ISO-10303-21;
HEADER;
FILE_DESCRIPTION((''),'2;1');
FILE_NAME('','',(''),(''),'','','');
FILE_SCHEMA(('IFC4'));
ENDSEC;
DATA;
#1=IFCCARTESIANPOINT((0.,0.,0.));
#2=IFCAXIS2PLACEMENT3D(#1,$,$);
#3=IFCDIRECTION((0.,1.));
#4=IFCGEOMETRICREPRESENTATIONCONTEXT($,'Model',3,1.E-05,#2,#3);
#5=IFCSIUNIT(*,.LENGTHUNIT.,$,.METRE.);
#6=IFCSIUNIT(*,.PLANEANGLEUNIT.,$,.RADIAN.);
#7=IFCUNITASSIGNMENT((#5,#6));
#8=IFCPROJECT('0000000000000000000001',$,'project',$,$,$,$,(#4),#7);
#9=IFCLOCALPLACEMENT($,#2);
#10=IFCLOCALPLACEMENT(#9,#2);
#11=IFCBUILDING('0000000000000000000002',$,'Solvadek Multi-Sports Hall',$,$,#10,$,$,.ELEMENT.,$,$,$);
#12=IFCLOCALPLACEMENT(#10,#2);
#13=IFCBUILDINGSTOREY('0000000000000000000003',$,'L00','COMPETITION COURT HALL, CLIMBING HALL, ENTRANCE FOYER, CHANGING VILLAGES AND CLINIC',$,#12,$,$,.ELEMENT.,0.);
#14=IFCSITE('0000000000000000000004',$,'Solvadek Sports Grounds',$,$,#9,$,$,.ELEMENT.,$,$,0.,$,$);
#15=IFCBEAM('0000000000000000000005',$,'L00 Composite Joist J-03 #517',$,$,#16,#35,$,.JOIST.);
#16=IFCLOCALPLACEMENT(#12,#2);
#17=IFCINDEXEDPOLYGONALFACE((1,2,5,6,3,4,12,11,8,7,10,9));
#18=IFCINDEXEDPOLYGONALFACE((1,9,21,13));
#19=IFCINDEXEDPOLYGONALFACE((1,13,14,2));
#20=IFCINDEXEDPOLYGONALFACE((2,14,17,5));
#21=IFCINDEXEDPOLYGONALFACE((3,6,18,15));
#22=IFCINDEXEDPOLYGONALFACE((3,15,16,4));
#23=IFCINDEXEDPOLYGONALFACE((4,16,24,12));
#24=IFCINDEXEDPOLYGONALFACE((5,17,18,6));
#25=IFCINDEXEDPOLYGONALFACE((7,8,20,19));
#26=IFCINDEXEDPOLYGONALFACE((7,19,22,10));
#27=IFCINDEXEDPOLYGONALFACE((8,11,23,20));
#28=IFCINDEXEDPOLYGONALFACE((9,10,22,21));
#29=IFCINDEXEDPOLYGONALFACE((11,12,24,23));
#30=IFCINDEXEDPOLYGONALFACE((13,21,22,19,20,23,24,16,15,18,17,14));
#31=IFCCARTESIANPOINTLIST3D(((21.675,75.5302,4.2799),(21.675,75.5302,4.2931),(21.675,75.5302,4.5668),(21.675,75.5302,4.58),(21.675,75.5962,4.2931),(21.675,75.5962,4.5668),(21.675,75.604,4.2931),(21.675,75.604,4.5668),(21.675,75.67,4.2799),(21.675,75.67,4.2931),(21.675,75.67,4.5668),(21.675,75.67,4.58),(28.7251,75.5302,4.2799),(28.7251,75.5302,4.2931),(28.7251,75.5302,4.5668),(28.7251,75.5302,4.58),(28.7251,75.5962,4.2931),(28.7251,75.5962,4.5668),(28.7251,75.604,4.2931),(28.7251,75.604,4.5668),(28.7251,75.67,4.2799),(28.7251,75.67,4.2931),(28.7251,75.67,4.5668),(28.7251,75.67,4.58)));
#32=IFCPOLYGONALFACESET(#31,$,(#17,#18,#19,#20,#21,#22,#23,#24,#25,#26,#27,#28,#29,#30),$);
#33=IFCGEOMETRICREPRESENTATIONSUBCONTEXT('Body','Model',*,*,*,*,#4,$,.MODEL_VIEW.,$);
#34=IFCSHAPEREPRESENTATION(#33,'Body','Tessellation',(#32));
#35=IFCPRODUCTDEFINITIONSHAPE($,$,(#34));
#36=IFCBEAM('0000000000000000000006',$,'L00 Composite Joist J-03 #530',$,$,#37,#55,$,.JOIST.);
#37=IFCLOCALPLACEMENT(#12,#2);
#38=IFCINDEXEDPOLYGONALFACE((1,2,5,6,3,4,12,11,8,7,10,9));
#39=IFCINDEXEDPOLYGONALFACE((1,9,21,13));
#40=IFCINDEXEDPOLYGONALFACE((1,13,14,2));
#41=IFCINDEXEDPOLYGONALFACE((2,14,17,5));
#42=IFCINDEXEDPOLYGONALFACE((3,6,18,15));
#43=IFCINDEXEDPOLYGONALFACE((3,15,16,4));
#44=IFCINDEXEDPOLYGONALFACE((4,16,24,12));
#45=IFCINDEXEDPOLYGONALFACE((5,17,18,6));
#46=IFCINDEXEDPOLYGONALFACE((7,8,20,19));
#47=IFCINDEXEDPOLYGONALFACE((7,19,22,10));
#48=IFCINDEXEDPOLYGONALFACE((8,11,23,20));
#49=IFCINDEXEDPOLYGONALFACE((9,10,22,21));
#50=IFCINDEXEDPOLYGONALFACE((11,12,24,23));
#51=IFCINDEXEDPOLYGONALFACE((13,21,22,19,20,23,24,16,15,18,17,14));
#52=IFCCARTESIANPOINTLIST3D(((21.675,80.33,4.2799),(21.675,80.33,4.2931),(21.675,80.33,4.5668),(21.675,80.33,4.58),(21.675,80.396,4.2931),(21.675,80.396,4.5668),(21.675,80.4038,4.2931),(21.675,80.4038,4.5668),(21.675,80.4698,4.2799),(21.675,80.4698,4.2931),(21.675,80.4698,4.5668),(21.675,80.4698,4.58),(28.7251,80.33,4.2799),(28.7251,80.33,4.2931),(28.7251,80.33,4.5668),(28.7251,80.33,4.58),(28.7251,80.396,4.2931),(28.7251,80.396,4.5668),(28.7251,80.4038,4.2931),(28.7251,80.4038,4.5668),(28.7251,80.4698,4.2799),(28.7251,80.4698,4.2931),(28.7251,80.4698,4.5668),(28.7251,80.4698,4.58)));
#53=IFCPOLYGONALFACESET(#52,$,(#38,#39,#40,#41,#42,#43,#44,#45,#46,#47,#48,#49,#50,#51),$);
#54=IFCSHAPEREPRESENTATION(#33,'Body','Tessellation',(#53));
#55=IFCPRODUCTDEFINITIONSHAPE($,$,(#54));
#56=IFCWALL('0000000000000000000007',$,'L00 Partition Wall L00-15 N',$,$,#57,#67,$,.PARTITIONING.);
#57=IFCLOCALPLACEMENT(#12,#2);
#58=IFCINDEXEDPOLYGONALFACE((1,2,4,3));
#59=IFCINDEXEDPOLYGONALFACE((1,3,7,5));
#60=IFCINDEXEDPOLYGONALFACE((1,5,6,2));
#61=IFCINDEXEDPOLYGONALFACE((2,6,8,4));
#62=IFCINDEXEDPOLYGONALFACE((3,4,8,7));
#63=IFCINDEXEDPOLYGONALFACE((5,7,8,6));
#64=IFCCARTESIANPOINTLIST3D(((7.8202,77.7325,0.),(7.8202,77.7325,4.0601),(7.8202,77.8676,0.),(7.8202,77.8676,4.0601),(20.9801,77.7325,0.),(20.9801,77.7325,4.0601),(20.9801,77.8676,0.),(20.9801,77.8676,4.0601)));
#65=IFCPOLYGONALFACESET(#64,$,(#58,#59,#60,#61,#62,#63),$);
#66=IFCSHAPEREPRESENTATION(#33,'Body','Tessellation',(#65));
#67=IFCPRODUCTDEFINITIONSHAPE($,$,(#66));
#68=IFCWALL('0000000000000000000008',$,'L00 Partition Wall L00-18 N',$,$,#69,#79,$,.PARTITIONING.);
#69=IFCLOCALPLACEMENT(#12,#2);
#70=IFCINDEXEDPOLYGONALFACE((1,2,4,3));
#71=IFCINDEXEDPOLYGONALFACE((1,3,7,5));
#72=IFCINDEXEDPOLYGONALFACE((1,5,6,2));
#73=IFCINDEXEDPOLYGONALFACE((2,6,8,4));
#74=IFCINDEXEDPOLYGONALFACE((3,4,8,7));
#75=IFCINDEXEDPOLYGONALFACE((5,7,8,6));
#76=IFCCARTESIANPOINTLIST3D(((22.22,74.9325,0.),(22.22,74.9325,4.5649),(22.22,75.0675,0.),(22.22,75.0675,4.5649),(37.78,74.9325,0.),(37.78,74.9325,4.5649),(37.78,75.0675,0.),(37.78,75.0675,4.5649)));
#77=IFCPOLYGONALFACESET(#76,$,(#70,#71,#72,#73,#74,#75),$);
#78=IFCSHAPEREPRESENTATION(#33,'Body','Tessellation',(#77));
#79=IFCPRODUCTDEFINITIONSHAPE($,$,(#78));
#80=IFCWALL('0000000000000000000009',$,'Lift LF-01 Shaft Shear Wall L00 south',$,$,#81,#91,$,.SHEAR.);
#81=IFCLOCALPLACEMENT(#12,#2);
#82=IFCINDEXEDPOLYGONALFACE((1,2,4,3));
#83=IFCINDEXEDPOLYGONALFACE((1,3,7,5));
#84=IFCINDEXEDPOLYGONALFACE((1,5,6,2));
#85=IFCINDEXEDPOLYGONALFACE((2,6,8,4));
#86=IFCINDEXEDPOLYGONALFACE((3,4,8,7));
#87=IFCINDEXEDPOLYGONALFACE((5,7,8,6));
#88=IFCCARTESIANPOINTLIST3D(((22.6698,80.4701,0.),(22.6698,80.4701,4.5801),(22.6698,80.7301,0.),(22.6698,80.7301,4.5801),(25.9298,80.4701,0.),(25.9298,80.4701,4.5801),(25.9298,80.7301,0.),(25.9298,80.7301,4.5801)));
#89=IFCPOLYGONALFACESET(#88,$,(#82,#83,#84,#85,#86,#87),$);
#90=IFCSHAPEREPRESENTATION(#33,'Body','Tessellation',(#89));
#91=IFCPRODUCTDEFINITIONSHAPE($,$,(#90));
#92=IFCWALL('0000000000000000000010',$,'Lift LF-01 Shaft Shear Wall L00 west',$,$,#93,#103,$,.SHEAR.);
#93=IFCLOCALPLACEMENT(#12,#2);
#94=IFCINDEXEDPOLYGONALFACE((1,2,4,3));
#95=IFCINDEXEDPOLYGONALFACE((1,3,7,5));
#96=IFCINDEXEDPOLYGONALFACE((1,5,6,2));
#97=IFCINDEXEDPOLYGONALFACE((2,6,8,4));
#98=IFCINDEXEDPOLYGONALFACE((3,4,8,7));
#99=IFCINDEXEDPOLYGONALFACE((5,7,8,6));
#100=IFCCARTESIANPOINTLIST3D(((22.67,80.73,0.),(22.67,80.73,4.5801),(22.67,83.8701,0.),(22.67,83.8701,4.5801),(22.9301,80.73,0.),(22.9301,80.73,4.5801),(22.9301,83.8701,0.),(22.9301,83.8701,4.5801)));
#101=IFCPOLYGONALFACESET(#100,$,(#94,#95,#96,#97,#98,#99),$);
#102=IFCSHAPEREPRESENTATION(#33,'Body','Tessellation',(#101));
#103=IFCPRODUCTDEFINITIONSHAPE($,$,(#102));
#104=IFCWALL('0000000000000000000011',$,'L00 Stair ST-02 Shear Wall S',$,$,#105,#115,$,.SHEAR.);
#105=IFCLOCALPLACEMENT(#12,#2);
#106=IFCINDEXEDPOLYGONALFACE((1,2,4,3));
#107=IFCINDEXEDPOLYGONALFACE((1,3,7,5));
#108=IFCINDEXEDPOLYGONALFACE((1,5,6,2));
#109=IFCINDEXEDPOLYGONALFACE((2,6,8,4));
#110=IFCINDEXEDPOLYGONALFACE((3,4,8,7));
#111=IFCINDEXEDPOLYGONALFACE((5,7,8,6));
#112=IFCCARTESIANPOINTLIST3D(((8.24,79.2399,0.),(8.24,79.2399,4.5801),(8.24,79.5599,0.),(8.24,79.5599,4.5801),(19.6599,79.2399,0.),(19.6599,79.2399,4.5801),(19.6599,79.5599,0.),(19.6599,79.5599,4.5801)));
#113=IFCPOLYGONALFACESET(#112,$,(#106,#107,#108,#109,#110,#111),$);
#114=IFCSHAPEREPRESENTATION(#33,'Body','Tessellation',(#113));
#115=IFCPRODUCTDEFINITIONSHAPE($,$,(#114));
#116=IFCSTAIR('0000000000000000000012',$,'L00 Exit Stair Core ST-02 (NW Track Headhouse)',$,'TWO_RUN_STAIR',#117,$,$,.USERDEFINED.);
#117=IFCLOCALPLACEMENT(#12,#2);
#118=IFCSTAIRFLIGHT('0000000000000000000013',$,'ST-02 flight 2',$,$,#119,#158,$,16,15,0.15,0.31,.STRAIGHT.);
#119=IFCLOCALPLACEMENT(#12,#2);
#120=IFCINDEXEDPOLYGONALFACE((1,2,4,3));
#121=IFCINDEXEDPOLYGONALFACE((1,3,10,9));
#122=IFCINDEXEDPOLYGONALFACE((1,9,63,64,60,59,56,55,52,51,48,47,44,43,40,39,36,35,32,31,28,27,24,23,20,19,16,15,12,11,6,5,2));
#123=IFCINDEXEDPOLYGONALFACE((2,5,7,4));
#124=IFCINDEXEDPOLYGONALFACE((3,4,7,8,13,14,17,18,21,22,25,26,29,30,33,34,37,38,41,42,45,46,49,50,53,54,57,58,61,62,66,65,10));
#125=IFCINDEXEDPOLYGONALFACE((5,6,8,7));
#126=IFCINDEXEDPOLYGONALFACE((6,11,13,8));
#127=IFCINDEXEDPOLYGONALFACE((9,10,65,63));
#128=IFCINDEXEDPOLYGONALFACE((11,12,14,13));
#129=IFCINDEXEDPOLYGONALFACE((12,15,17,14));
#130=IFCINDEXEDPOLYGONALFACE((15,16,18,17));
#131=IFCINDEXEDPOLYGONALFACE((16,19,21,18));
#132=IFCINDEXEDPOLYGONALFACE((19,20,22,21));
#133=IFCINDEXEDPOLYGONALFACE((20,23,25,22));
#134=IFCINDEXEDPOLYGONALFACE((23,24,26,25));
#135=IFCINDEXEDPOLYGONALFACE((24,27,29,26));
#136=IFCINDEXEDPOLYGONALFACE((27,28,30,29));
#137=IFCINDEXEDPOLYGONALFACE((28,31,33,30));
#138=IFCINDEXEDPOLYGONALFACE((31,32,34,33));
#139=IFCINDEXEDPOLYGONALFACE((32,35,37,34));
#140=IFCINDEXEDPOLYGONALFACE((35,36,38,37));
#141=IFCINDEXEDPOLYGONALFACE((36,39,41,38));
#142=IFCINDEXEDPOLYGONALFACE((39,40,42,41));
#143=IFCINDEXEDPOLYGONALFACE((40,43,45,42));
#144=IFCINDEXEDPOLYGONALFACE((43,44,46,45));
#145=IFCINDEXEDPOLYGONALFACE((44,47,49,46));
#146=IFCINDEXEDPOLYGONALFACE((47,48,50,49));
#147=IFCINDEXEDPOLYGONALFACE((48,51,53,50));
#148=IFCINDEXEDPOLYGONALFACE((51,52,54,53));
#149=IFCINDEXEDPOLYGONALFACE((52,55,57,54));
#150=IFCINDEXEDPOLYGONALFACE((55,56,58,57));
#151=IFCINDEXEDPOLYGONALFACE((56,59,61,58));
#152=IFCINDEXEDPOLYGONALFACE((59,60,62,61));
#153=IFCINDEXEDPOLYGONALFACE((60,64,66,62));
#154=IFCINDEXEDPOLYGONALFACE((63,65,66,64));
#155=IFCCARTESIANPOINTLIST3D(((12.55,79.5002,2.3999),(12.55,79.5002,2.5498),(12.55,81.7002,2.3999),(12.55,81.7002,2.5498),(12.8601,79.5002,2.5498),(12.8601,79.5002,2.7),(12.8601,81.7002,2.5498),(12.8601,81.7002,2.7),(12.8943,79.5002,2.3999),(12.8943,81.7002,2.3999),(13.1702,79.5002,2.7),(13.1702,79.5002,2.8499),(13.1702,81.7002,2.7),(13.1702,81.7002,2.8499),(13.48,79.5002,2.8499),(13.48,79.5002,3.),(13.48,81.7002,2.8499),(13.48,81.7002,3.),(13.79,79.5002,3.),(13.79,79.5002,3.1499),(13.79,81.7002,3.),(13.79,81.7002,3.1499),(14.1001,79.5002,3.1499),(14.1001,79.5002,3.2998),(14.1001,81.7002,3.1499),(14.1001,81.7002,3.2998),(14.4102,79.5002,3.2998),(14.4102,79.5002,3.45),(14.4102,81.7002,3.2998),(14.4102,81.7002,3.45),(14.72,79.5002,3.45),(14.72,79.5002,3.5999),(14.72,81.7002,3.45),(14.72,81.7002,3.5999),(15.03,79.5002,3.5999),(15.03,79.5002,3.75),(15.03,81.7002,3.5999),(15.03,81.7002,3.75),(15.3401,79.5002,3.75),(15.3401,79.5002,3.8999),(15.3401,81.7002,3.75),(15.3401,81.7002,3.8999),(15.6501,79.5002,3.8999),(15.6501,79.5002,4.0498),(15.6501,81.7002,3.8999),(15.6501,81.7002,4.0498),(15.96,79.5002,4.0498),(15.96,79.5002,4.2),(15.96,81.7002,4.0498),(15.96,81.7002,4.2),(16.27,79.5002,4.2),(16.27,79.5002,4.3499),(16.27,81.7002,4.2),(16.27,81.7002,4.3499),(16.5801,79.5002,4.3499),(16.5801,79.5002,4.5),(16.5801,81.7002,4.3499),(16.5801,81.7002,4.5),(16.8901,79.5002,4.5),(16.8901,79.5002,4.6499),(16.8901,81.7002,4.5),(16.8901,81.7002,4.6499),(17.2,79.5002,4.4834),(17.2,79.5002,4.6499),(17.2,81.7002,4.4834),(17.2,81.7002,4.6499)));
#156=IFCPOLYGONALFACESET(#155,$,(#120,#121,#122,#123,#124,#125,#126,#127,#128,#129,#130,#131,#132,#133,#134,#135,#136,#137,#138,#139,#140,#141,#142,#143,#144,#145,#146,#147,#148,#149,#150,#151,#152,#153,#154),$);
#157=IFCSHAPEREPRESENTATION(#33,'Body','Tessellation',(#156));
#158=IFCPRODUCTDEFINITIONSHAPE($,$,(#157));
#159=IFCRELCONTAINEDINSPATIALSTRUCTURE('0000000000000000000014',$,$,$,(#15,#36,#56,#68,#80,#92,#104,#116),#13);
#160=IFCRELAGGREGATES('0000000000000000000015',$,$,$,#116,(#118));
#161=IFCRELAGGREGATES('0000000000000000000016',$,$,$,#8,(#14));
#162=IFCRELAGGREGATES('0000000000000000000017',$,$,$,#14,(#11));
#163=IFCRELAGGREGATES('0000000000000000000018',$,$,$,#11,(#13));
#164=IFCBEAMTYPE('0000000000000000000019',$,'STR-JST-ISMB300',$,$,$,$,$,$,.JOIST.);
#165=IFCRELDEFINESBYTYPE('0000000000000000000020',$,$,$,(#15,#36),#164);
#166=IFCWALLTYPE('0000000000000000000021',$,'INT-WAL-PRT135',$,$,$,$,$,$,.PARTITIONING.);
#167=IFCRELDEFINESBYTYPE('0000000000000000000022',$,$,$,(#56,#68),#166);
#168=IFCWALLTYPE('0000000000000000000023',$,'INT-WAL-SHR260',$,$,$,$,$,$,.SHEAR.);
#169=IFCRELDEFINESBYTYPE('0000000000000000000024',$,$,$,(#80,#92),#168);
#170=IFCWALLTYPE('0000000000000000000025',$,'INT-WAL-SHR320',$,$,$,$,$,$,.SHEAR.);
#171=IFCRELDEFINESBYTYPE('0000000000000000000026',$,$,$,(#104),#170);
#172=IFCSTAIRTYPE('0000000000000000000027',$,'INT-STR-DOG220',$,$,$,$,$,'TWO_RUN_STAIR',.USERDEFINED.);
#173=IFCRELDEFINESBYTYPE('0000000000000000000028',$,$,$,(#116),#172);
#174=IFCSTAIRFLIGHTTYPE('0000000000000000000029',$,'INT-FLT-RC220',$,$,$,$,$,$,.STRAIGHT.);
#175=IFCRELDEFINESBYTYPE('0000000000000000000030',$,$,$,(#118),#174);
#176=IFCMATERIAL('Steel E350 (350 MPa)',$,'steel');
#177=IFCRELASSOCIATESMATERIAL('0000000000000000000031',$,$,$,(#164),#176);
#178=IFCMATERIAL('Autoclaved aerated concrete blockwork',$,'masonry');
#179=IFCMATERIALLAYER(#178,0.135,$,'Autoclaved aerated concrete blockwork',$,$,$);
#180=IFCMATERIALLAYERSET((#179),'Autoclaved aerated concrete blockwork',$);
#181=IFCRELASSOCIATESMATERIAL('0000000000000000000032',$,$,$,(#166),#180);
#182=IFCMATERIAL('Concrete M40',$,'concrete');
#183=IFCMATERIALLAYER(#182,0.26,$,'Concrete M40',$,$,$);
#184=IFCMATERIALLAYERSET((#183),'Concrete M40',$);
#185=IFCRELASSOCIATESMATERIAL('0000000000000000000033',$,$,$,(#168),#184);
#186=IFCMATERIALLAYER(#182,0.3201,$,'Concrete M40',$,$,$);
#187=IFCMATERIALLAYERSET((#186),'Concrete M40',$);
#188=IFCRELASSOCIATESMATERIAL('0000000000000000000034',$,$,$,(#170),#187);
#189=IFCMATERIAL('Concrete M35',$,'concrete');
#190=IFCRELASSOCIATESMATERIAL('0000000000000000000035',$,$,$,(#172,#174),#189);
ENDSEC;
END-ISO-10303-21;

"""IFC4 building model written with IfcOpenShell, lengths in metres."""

from ifc_helpers import new_model, si_unit, direction, frame, frame_2d, origin, origin_2d, place, context, subcontext, project, spatial, polyline, rectangle, i_section, outline, extrude, material, layer, layer_set, material_profile, profile_set, type_object, element, aggregate, save


model = new_model("IFC4")

# Units and contexts
model_context = context("Model", 3, precision=1e-05, world=origin(), true_north=direction((0.0, 1.0)))
body_context = subcontext(model_context, "Body", "Model", "MODEL_VIEW")
ifc_project = project(units=[si_unit("LENGTHUNIT", "METRE"), si_unit("PLANEANGLEUNIT", "RADIAN")], contexts=[model_context])

# Site, building, storey
site_placement = place(None, origin())
site = spatial("IfcSite", under=ifc_project, at=site_placement, Name="Solvadek Sports Grounds", CompositionType="ELEMENT", RefElevation=0.0)
building_placement = place(site_placement, origin())
building = spatial("IfcBuilding", under=site, at=building_placement, Name="Solvadek Multi-Sports Hall", CompositionType="ELEMENT")
storey_placement = place(building_placement, origin())
storey = spatial("IfcBuildingStorey", under=building, at=storey_placement, Name="L00", Description="COMPETITION COURT HALL, CLIMBING HALL, ENTRANCE FOYER, CHANGING VILLAGES AND CLINIC", CompositionType="ELEMENT", Elevation=0.0)

# Shared definitions
ifc_material_1 = material(Name="Steel E350 (350 MPa)", Category="steel")

# Beams
ifc_material_profile_1 = material_profile(ifc_material_1, i_section(OverallWidth=0.1399, OverallDepth=0.3, WebThickness=0.0078, FlangeThickness=0.0132, at=origin_2d()), Name="ISMB 300")
ifc_profile_set_1 = profile_set([ifc_material_profile_1], Name="Steel E350 (350 MPa)")
beam_type_1 = type_object("IfcBeamType", Name="STR-JST-ISMB300", PredefinedType="JOIST", material=ifc_profile_set_1)
for number, where, z_axis, x_axis, name in (
    (1, (21.675, 75.6001, 4.4299), (1.0, 0.0, 0.0), (0.0, 1.0, 0.0), "L00 Composite Joist J-03 #517"),
    (2, (21.675, 80.3999, 4.4299), (1.0, 0.0, 0.0), (0.0, 1.0, 0.0), "L00 Composite Joist J-03 #530"),
):
    element("IfcBeam", number, at=place(storey_placement, frame(where, z_axis=z_axis, x_axis=x_axis)), inside=storey, type_object=beam_type_1, Name=name, PredefinedType="JOIST", context=body_context, shape_type="SweptSolid", body=[
        extrude(i_section(OverallWidth=0.1399, OverallDepth=0.3, WebThickness=0.0078, FlangeThickness=0.0132, at=origin_2d()), origin(), (0.0, 0.0, 1.0), 7.05),
    ])

# Walls
ifc_material_2 = material(Name="Autoclaved aerated concrete blockwork", Category="masonry")
ifc_layer_1 = layer(ifc_material_2, 0.135, Name="Autoclaved aerated concrete blockwork")
ifc_layer_set_1 = layer_set([ifc_layer_1], Name="Autoclaved aerated concrete blockwork")
wall_type_1 = type_object("IfcWallType", Name="INT-WAL-PRT135", PredefinedType="PARTITIONING", material=ifc_layer_set_1)
wall_1_placement = place(storey_placement, frame((7.8201, 77.8, 0.0), z_axis=(0.0, 0.0, 1.0), x_axis=(1.0, 0.0, 0.0)))
element("IfcWall", 3, at=wall_1_placement, inside=storey, type_object=wall_type_1, Name="L00 Partition Wall L00-15 N", PredefinedType="PARTITIONING", context=body_context, shape_type="SweptSolid", body=[
    extrude(rectangle(XDim=13.1599, YDim=0.135, at=frame_2d((6.5801, 0.0))), origin(), (0.0, 0.0, 1.0), 4.0601),
])
wall_2_placement = place(storey_placement, frame((22.22, 75.0, 0.0), z_axis=(0.0, 0.0, 1.0), x_axis=(1.0, 0.0, 0.0)))
element("IfcWall", 4, at=wall_2_placement, inside=storey, type_object=wall_type_1, Name="L00 Partition Wall L00-18 N", PredefinedType="PARTITIONING", context=body_context, shape_type="SweptSolid", body=[
    extrude(rectangle(XDim=15.5601, YDim=0.135, at=frame_2d((7.78, 0.0))), origin(), (0.0, 0.0, 1.0), 4.5649),
])
ifc_material_3 = material(Name="Concrete M40", Category="concrete")
ifc_layer_2 = layer(ifc_material_3, 0.26, Name="Concrete M40")
ifc_layer_set_2 = layer_set([ifc_layer_2], Name="Concrete M40")
wall_type_2 = type_object("IfcWallType", Name="INT-WAL-SHR260", PredefinedType="SHEAR", material=ifc_layer_set_2)
wall_3_placement = place(storey_placement, frame((22.6699, 80.6001, 0.0), z_axis=(0.0, 0.0, 1.0), x_axis=(1.0, 0.0, 0.0)))
element("IfcWall", 5, at=wall_3_placement, inside=storey, type_object=wall_type_2, Name="Lift LF-01 Shaft Shear Wall L00 south", PredefinedType="SHEAR", context=body_context, shape_type="SweptSolid", body=[
    extrude(rectangle(XDim=3.26, YDim=0.26, at=frame_2d((1.6299, 0.0))), origin(), (0.0, 0.0, 1.0), 4.5801),
])
wall_4_placement = place(storey_placement, frame((22.8, 80.73, 0.0), z_axis=(0.0, 0.0, 1.0), x_axis=(0.0, 1.0, 0.0)))
element("IfcWall", 6, at=wall_4_placement, inside=storey, type_object=wall_type_2, Name="Lift LF-01 Shaft Shear Wall L00 west", PredefinedType="SHEAR", context=body_context, shape_type="SweptSolid", body=[
    extrude(rectangle(XDim=3.1401, YDim=0.26, at=frame_2d((1.5701, 0.0))), origin(), (0.0, 0.0, 1.0), 4.5801),
])
ifc_layer_3 = layer(ifc_material_3, 0.3201, Name="Concrete M40")
ifc_layer_set_3 = layer_set([ifc_layer_3], Name="Concrete M40")
wall_type_3 = type_object("IfcWallType", Name="INT-WAL-SHR320", PredefinedType="SHEAR", material=ifc_layer_set_3)
wall_5_placement = place(storey_placement, frame((8.24, 79.3999, 0.0), z_axis=(0.0, 0.0, 1.0), x_axis=(1.0, 0.0, 0.0)))
element("IfcWall", 7, at=wall_5_placement, inside=storey, type_object=wall_type_3, Name="L00 Stair ST-02 Shear Wall S", PredefinedType="SHEAR", context=body_context, shape_type="SweptSolid", body=[
    extrude(rectangle(XDim=11.4199, YDim=0.3201, at=frame_2d((5.71, 0.0))), origin(), (0.0, 0.0, 1.0), 4.5801),
])

# Stair, stair flight
ifc_material_4 = material(Name="Concrete M35", Category="concrete")
stair_type = type_object("IfcStairType", Name="INT-STR-DOG220", ElementType="TWO_RUN_STAIR", PredefinedType="USERDEFINED", material=ifc_material_4)
stair_placement = place(storey_placement, origin())
stair = element("IfcStair", 8, at=stair_placement, inside=storey, type_object=stair_type, Name="L00 Exit Stair Core ST-02 (NW Track Headhouse)", ObjectType="TWO_RUN_STAIR", PredefinedType="USERDEFINED")
stair_flight_type = type_object("IfcStairFlightType", Name="INT-FLT-RC220", PredefinedType="STRAIGHT", material=ifc_material_4)
stair_flight_placement = place(storey_placement, frame((12.55, 80.6001, 2.3999), z_axis=(0.0, 0.0, 1.0), x_axis=(1.0, 0.0, 0.0)))
stair_flight = element("IfcStairFlight", 9, at=stair_flight_placement, type_object=stair_flight_type, Name="ST-02 flight 2", NumberOfRisers=16, NumberOfTreads=15, PredefinedType="STRAIGHT", RiserHeight=0.15, TreadLength=0.31, context=body_context, shape_type="SweptSolid", body=[
    extrude(outline(polyline([(0.0, 0.0), (0.0, 0.1499), (0.3101, 0.1499), (0.3101, 0.3), (0.6201, 0.3), (0.6201, 0.45), (0.9299, 0.45), (0.9299, 0.6001), (1.24, 0.6001), (1.24, 0.75), (1.55, 0.75), (1.55, 0.8999), (1.8601, 0.8999), (1.8601, 1.05), (2.1699, 1.05), (2.1699, 1.2), (2.48, 1.2), (2.48, 1.3501), (2.79, 1.3501), (2.79, 1.5), (3.1001, 1.5), (3.1001, 1.6499), (3.4099, 1.6499), (3.4099, 1.8), (3.72, 1.8), (3.72, 1.95), (4.03, 1.95), (4.03, 2.1001), (4.3401, 2.1001), (4.3401, 2.25), (4.6499, 2.25), (4.6499, 2.3999), (4.6499, 2.0835), (0.3442, 0.0), (0.0, 0.0)])), frame((0.0, 1.1001, 0.0), z_axis=(0.0, -1.0, 0.0), x_axis=(1.0, 0.0, 0.0)), (0.0, 0.0, 1.0), 2.2),
])
aggregate(stair, [stair_flight])

save(model, "model.ifc")
